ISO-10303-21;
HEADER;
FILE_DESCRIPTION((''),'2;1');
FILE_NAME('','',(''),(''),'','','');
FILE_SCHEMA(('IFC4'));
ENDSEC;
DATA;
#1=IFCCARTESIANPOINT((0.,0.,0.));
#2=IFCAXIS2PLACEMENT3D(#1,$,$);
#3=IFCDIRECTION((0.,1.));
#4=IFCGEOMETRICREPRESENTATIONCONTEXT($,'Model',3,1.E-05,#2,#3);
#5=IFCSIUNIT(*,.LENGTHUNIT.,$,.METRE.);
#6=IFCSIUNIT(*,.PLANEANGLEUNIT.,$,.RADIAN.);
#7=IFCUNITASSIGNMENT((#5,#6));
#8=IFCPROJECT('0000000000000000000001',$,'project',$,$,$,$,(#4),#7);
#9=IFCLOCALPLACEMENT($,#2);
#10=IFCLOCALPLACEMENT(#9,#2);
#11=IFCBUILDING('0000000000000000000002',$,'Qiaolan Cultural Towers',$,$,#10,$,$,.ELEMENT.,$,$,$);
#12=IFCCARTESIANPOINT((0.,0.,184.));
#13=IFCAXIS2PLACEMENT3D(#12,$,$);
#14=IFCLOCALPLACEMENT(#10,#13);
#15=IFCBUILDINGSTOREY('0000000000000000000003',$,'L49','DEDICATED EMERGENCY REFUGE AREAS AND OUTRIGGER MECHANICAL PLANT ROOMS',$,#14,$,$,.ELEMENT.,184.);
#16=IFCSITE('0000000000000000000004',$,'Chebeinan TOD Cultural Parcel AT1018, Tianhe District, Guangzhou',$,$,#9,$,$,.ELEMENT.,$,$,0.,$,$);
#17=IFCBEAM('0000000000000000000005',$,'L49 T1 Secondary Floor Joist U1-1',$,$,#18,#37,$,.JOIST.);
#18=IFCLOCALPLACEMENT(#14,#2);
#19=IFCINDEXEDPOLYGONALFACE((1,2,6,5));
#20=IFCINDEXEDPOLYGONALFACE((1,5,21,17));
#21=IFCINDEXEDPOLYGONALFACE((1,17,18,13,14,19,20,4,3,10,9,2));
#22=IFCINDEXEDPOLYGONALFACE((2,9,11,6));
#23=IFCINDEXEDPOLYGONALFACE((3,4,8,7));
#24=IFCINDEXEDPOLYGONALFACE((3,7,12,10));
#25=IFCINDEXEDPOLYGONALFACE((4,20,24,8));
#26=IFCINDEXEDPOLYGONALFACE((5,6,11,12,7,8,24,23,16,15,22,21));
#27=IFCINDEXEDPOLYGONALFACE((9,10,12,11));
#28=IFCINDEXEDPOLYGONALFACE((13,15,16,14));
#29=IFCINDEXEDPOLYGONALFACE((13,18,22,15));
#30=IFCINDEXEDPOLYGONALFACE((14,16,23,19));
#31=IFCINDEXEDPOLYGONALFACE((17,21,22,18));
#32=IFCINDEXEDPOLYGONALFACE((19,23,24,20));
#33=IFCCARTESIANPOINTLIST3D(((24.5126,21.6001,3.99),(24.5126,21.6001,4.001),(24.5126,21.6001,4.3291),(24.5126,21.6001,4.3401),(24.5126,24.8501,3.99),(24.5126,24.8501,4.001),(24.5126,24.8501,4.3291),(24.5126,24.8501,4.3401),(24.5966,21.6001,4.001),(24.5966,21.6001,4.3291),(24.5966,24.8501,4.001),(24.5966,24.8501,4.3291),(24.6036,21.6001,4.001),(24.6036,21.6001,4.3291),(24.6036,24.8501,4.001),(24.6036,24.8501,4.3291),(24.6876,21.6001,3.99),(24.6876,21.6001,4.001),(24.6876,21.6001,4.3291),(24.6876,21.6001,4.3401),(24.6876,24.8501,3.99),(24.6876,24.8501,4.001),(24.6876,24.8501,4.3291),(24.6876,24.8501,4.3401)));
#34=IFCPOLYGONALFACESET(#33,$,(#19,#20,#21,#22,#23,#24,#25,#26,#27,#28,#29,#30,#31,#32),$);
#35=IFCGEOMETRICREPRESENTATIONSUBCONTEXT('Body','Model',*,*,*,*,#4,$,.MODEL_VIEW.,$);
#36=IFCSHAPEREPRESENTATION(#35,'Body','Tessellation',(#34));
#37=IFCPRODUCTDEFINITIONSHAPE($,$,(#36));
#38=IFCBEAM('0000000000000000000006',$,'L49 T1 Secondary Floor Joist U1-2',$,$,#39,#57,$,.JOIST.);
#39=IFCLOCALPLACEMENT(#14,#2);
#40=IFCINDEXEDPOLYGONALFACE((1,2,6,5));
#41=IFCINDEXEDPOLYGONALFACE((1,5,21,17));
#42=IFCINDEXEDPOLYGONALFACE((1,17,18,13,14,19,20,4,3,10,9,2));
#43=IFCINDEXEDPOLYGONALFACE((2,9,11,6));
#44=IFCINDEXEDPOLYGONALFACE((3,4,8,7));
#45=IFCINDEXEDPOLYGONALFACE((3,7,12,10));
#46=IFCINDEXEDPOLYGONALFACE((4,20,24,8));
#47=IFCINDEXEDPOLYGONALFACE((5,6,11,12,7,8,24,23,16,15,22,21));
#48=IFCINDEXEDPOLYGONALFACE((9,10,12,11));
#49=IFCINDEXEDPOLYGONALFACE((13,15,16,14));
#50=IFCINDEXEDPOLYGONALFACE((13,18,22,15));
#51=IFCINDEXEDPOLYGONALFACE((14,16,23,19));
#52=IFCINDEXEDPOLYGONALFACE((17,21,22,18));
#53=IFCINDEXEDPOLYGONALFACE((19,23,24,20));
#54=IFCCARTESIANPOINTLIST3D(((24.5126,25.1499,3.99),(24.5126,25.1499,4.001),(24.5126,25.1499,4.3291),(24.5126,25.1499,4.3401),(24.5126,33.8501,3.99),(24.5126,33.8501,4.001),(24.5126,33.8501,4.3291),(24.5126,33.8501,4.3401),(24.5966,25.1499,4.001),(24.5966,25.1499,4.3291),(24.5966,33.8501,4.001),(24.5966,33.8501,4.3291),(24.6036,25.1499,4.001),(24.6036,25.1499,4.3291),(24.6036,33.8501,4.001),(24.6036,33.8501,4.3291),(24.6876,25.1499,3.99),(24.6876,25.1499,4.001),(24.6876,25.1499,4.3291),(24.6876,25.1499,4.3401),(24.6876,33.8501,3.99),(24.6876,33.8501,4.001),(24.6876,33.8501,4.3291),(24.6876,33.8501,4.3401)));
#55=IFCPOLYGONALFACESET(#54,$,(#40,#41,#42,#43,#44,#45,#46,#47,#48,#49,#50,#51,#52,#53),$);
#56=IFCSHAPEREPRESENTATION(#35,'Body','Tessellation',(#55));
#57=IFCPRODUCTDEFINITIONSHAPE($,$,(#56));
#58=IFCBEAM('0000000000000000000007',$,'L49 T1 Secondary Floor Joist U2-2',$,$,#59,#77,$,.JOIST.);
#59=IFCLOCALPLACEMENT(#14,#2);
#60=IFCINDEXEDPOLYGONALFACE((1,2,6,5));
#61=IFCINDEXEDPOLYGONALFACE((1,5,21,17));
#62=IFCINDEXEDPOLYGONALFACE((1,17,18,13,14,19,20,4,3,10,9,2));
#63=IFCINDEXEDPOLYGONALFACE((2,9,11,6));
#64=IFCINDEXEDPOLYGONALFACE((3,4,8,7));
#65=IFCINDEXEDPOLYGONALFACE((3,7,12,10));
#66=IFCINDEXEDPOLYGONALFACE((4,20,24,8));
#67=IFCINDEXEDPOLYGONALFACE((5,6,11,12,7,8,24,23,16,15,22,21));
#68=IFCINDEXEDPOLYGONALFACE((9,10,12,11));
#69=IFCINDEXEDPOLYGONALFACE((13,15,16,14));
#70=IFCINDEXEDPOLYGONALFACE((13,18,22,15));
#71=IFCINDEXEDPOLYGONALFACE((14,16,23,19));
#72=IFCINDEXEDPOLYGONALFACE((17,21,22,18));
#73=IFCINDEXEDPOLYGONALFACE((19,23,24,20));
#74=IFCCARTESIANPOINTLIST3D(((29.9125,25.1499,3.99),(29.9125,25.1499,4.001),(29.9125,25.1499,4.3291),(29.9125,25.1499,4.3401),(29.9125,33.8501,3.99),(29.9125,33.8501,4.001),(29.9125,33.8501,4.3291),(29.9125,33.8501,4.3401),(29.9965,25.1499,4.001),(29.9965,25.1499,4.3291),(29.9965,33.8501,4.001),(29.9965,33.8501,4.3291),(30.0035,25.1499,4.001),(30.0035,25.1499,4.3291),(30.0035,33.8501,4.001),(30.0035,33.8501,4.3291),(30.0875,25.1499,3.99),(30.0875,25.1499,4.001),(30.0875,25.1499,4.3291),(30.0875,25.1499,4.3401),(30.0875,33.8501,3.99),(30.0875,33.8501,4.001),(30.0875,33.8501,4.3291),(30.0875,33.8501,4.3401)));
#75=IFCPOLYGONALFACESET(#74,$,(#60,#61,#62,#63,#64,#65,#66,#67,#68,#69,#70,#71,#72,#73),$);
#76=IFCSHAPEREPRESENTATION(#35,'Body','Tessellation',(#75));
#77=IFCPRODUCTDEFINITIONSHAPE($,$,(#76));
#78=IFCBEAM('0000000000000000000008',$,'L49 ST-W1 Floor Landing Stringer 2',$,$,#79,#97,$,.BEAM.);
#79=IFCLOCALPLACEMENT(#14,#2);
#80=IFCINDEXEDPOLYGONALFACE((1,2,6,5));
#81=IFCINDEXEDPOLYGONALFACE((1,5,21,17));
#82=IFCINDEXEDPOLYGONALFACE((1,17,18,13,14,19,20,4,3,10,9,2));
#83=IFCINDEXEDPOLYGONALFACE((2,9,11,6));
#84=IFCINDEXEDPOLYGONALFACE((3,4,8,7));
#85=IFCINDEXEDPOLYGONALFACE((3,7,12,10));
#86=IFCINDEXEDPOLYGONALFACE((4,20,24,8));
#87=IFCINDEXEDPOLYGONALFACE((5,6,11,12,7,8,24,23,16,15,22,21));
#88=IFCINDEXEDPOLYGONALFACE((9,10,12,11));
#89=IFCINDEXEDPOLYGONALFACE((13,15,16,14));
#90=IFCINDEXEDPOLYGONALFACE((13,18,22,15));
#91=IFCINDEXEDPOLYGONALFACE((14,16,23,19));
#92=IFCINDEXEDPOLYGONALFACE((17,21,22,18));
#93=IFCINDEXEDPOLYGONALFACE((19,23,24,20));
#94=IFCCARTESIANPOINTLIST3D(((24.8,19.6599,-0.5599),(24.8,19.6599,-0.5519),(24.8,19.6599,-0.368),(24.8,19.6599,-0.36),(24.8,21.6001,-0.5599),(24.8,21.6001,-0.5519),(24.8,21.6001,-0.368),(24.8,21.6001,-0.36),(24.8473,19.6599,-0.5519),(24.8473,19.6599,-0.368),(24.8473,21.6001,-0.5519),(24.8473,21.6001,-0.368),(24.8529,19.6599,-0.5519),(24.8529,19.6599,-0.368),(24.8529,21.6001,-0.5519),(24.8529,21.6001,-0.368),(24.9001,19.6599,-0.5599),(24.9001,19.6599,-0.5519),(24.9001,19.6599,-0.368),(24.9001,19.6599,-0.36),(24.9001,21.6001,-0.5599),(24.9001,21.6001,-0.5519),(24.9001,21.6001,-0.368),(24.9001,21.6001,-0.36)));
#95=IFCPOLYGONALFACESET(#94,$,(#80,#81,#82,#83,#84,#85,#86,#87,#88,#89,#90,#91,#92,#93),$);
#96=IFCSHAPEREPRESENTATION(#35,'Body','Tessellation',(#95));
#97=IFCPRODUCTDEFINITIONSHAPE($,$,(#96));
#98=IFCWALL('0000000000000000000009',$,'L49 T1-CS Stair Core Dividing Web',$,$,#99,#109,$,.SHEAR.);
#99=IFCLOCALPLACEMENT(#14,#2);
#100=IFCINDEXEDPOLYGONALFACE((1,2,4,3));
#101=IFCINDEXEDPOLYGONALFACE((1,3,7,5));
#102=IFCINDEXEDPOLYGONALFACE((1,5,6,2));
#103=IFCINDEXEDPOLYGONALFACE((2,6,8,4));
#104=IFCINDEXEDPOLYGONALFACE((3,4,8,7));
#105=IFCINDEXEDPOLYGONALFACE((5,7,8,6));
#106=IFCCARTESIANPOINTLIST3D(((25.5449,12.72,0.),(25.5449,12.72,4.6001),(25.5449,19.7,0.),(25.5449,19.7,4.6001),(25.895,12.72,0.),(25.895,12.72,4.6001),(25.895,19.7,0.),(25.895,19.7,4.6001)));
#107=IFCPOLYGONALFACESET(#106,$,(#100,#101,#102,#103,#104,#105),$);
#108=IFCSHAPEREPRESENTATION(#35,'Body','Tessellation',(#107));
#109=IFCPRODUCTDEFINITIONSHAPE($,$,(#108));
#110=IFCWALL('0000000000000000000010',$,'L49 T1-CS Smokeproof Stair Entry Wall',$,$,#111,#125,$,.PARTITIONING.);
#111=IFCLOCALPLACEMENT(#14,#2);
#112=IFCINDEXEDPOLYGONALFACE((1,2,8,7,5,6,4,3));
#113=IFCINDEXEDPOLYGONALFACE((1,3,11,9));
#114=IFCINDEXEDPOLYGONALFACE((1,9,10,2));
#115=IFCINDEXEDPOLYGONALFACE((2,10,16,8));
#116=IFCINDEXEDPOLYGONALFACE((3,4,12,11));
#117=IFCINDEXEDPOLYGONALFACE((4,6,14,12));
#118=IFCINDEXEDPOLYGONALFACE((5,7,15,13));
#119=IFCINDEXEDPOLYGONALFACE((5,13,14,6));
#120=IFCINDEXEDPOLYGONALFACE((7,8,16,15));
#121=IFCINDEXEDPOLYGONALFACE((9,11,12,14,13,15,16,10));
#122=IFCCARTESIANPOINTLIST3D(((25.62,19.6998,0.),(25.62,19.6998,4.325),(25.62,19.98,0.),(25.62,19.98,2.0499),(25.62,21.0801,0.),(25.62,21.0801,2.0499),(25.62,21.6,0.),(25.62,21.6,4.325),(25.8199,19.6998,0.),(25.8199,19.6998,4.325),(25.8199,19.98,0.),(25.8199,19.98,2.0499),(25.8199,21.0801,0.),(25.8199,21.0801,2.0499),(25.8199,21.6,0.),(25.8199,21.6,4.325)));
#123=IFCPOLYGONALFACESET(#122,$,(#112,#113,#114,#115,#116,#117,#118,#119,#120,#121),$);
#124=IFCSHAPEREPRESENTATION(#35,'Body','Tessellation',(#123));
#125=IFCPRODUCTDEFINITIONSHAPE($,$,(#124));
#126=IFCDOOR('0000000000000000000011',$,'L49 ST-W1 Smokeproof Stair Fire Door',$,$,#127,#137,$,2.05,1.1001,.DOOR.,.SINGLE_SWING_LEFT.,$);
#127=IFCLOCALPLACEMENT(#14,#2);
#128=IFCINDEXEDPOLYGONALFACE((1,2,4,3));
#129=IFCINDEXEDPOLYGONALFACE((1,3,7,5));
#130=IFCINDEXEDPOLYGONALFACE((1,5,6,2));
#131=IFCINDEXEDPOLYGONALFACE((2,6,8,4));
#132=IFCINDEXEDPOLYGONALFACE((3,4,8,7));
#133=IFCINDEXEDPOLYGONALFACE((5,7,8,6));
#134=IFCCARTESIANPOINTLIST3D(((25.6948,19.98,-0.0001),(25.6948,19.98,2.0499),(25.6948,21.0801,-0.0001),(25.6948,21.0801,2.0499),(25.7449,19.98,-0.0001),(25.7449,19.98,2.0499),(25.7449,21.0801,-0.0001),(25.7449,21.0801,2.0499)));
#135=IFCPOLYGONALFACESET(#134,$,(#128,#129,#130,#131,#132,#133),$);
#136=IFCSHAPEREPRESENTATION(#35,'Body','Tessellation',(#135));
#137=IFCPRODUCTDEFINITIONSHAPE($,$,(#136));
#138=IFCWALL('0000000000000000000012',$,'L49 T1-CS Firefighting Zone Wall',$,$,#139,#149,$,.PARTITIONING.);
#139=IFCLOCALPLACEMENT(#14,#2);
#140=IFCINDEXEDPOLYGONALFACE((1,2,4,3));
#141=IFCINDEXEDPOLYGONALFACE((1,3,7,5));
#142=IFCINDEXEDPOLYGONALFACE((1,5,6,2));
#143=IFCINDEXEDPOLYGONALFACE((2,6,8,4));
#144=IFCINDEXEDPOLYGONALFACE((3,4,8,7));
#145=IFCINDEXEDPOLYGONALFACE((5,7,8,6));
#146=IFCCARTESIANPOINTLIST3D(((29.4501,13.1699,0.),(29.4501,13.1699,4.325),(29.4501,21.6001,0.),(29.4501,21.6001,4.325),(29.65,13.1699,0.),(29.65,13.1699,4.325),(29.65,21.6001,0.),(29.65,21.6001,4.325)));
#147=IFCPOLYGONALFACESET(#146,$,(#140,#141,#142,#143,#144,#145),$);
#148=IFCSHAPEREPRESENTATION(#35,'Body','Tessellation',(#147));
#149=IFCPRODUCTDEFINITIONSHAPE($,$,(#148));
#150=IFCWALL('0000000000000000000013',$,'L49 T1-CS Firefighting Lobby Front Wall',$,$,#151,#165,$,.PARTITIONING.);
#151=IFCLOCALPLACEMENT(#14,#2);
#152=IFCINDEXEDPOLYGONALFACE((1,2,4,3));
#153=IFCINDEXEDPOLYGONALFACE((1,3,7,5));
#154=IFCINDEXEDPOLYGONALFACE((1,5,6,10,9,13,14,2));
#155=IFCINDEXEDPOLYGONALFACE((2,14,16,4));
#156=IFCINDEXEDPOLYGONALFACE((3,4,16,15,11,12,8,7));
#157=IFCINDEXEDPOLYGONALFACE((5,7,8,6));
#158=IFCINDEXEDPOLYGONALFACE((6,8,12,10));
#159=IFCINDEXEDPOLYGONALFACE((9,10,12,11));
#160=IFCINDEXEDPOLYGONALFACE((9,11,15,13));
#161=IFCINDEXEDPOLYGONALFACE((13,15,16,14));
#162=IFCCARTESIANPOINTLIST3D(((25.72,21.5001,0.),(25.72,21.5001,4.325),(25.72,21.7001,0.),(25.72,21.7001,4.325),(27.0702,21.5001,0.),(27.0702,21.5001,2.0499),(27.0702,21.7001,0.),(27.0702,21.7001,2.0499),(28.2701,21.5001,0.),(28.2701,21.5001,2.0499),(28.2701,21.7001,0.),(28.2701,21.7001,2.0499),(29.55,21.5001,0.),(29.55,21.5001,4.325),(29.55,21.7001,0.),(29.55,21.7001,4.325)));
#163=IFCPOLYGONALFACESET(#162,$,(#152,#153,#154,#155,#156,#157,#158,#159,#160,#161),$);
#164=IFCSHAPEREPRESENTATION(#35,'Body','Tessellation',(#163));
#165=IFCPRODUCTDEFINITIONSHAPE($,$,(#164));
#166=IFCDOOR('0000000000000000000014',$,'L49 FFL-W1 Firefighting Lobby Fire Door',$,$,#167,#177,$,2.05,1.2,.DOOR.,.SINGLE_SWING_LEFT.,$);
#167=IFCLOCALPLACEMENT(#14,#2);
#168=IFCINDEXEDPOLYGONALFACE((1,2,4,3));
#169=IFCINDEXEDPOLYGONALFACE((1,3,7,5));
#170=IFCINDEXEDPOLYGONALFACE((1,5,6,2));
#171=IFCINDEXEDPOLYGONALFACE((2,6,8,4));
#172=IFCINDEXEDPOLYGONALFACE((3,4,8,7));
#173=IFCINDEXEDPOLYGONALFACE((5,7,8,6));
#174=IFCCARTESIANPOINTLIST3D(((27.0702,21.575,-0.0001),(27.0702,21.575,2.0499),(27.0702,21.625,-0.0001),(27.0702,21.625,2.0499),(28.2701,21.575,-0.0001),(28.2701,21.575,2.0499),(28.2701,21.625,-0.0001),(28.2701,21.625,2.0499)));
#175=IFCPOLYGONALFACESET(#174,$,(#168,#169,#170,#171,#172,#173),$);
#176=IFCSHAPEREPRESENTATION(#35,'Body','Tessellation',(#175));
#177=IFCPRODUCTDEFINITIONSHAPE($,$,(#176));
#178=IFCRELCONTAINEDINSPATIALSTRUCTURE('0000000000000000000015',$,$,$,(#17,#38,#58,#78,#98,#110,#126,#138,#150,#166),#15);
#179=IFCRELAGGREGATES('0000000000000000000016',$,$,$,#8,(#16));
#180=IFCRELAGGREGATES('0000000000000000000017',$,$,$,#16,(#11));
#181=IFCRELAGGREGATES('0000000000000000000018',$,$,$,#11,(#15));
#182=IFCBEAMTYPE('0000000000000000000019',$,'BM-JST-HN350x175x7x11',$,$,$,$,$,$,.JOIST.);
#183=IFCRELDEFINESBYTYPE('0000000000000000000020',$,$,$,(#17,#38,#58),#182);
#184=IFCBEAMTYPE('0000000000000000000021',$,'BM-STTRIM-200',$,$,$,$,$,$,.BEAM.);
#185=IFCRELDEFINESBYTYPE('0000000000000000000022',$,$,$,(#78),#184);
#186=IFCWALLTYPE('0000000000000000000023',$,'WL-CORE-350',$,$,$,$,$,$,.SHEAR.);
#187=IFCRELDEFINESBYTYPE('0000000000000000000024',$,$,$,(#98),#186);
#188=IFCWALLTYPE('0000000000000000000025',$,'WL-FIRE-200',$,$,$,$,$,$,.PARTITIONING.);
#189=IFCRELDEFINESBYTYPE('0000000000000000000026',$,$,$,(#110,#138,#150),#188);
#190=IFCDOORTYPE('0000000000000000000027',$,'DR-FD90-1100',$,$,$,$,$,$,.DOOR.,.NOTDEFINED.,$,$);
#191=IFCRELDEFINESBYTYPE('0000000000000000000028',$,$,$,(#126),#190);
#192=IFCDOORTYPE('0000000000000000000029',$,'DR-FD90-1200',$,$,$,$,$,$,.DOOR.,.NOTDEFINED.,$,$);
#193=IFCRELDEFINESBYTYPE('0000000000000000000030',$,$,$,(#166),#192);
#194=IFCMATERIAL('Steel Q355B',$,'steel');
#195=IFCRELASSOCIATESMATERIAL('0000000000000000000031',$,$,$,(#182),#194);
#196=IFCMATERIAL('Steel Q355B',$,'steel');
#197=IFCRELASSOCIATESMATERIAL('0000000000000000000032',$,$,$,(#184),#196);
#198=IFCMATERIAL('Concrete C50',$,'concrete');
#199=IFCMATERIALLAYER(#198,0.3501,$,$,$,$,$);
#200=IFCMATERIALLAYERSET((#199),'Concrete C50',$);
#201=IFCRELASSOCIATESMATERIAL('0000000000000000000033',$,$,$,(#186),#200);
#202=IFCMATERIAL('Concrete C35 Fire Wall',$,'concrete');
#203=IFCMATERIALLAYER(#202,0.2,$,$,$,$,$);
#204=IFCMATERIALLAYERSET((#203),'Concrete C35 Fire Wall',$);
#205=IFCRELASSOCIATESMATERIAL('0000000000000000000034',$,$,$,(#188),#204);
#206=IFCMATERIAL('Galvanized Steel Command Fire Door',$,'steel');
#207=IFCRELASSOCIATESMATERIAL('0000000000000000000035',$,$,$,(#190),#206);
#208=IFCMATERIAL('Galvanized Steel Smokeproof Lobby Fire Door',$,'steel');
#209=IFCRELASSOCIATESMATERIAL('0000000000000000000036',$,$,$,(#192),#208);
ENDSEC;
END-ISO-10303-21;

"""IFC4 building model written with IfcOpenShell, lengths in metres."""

from ifc_helpers import new_model, si_unit, direction, frame, frame_2d, origin, origin_2d, place, context, subcontext, project, spatial, rectangle, i_section, extrude, material, layer, layer_set, material_profile, profile_set, type_object, element, fill, save


model = new_model("IFC4")

# Units and contexts
model_context = context("Model", 3, precision=1e-05, world=origin(), true_north=direction((0.0, 1.0)))
body_context = subcontext(model_context, "Body", "Model", "MODEL_VIEW")
ifc_project = project(units=[si_unit("LENGTHUNIT", "METRE"), si_unit("PLANEANGLEUNIT", "RADIAN")], contexts=[model_context])

# Site, building, storey
site_placement = place(None, origin())
site = spatial("IfcSite", under=ifc_project, at=site_placement, Name="Chebeinan TOD Cultural Parcel AT1018, Tianhe District, Guangzhou", CompositionType="ELEMENT", RefElevation=0.0)
building_placement = place(site_placement, origin())
building = spatial("IfcBuilding", under=site, at=building_placement, Name="Qiaolan Cultural Towers", CompositionType="ELEMENT")
storey_placement = place(building_placement, frame((0.0, 0.0, 184.0)))
storey = spatial("IfcBuildingStorey", under=building, at=storey_placement, Name="L49", Description="DEDICATED EMERGENCY REFUGE AREAS AND OUTRIGGER MECHANICAL PLANT ROOMS", CompositionType="ELEMENT", Elevation=184.0)

# Beams
ifc_material_1 = material(Name="Steel Q355B", Category="steel")
ifc_material_profile_1 = material_profile(ifc_material_1, i_section(OverallWidth=0.175, OverallDepth=0.3501, WebThickness=0.0071, FlangeThickness=0.011, at=origin_2d()), Name="HN350x175x7x11")
ifc_profile_set_1 = profile_set([ifc_material_profile_1], Name="Steel Q355B")
beam_type_1 = type_object("IfcBeamType", Name="BM-JST-HN350x175x7x11", PredefinedType="JOIST", material=ifc_profile_set_1)
beam_1_placement = place(storey_placement, frame((24.6001, 21.6001, 4.165), z_axis=(0.0, 1.0, 0.0), x_axis=(-1.0, 0.0, 0.0)))
element("IfcBeam", 1, at=beam_1_placement, inside=storey, type_object=beam_type_1, Name="L49 T1 Secondary Floor Joist U1-1", PredefinedType="JOIST", context=body_context, shape_type="SweptSolid", body=[
    extrude(i_section(OverallWidth=0.175, OverallDepth=0.3501, WebThickness=0.0071, FlangeThickness=0.011, at=origin_2d()), origin(), (0.0, 0.0, 1.0), 3.25),
])
for number, where, z_axis, x_axis, name in (
    (2, (24.6001, 25.1499, 4.165), (0.0, 1.0, 0.0), (-1.0, 0.0, 0.0), "L49 T1 Secondary Floor Joist U1-2"),
    (3, (30.0, 25.1499, 4.165), (0.0, 1.0, 0.0), (-1.0, 0.0, 0.0), "L49 T1 Secondary Floor Joist U2-2"),
):
    element("IfcBeam", number, at=place(storey_placement, frame(where, z_axis=z_axis, x_axis=x_axis)), inside=storey, type_object=beam_type_1, Name=name, PredefinedType="JOIST", context=body_context, shape_type="SweptSolid", body=[
        extrude(i_section(OverallWidth=0.175, OverallDepth=0.3501, WebThickness=0.0071, FlangeThickness=0.011, at=origin_2d()), origin(), (0.0, 0.0, 1.0), 8.7002),
    ])
ifc_material_2 = material(Name="Steel Q355B", Category="steel")
ifc_material_profile_2 = material_profile(ifc_material_2, i_section(OverallWidth=0.1001, OverallDepth=0.2, WebThickness=0.0056, FlangeThickness=0.0081, at=origin_2d()), Name="HN200x100x5.5x8")
ifc_profile_set_2 = profile_set([ifc_material_profile_2], Name="Steel Q355B")
beam_type_2 = type_object("IfcBeamType", Name="BM-STTRIM-200", PredefinedType="BEAM", material=ifc_profile_set_2)
beam_2_placement = place(storey_placement, frame((24.8501, 21.6001, -0.46), z_axis=(0.0, -1.0, 0.0), x_axis=(1.0, 0.0, 0.0)))
element("IfcBeam", 4, at=beam_2_placement, inside=storey, type_object=beam_type_2, Name="L49 ST-W1 Floor Landing Stringer 2", PredefinedType="BEAM", context=body_context, shape_type="SweptSolid", body=[
    extrude(i_section(OverallWidth=0.1001, OverallDepth=0.2, WebThickness=0.0056, FlangeThickness=0.0081, at=origin_2d()), origin(), (0.0, 0.0, 1.0), 1.9402),
])

# Wall
ifc_material_3 = material(Name="Concrete C50", Category="concrete")
ifc_layer_1 = layer(ifc_material_3, 0.3501)
ifc_layer_set_1 = layer_set([ifc_layer_1], Name="Concrete C50")
wall_type_1 = type_object("IfcWallType", Name="WL-CORE-350", PredefinedType="SHEAR", material=ifc_layer_set_1)
wall_1_placement = place(storey_placement, frame((25.72, 19.7, 0.0), z_axis=(0.0, 0.0, 1.0), x_axis=(0.0, -1.0, 0.0)))
element("IfcWall", 5, at=wall_1_placement, inside=storey, type_object=wall_type_1, Name="L49 T1-CS Stair Core Dividing Web", PredefinedType="SHEAR", context=body_context, shape_type="SweptSolid", body=[
    extrude(rectangle(XDim=6.98, YDim=0.3501, at=frame_2d((3.49, 0.0))), origin(), (0.0, 0.0, 1.0), 4.6001),
])

# Wall, opening, door
ifc_material_4 = material(Name="Concrete C35 Fire Wall", Category="concrete")
ifc_layer_2 = layer(ifc_material_4, 0.2)
ifc_layer_set_2 = layer_set([ifc_layer_2], Name="Concrete C35 Fire Wall")
wall_type_2 = type_object("IfcWallType", Name="WL-FIRE-200", PredefinedType="PARTITIONING", material=ifc_layer_set_2)
wall_2_placement = place(storey_placement, frame((25.72, 21.6001, 0.0), z_axis=(0.0, 0.0, 1.0), x_axis=(0.0, -1.0, 0.0)))
wall_2 = element("IfcWall", 6, at=wall_2_placement, inside=storey, type_object=wall_type_2, Name="L49 T1-CS Smokeproof Stair Entry Wall", PredefinedType="PARTITIONING", context=body_context, shape_type="SweptSolid", body=[
    extrude(rectangle(XDim=1.9001, YDim=0.2, at=frame_2d((0.9502, 0.0))), origin(), (0.0, 0.0, 1.0), 4.325),
])
opening_1_placement = place(wall_2_placement, frame((0.52, 0.0, 0.0)))
opening_1 = element("IfcOpeningElement", 7, at=opening_1_placement, cuts=wall_2, PredefinedType="OPENING", context=body_context, shape_type="SweptSolid", body=[
    extrude(rectangle(XDim=1.1001, YDim=2.05, at=frame_2d((0.55, 1.0249))), frame((0.0, 0.1099, 0.0), z_axis=(0.0, -1.0, 0.0), x_axis=(1.0, 0.0, 0.0)), (0.0, 0.0, 1.0), 0.22),
])
ifc_material_5 = material(Name="Galvanized Steel Command Fire Door", Category="steel")
door_type_1 = type_object("IfcDoorType", Name="DR-FD90-1100", OperationType="NOTDEFINED", PredefinedType="DOOR", material=ifc_material_5)
door_1_placement = place(opening_1_placement, origin())
door_1 = element("IfcDoor", 8, at=door_1_placement, inside=storey, type_object=door_type_1, Name="L49 ST-W1 Smokeproof Stair Fire Door", OperationType="SINGLE_SWING_LEFT", OverallHeight=2.05, OverallWidth=1.1001, PredefinedType="DOOR", context=body_context, shape_type="SweptSolid", body=[
    extrude(rectangle(XDim=1.1001, YDim=2.05, at=frame_2d((0.55, 1.0249))), frame((0.0, 0.0249, 0.0), z_axis=(0.0, -1.0, 0.0), x_axis=(1.0, 0.0, 0.0)), (0.0, 0.0, 1.0), 0.05),
])
fill(opening_1, door_1)

# Wall
wall_3_placement = place(storey_placement, frame((29.55, 21.6001, 0.0), z_axis=(0.0, 0.0, 1.0), x_axis=(0.0, -1.0, 0.0)))
element("IfcWall", 9, at=wall_3_placement, inside=storey, type_object=wall_type_2, Name="L49 T1-CS Firefighting Zone Wall", PredefinedType="PARTITIONING", context=body_context, shape_type="SweptSolid", body=[
    extrude(rectangle(XDim=8.4302, YDim=0.2, at=frame_2d((4.2151, 0.0))), origin(), (0.0, 0.0, 1.0), 4.325),
])

# Wall, opening, door
wall_4_placement = place(storey_placement, frame((25.72, 21.6001, 0.0), z_axis=(0.0, 0.0, 1.0), x_axis=(1.0, 0.0, 0.0)))
wall_4 = element("IfcWall", 10, at=wall_4_placement, inside=storey, type_object=wall_type_2, Name="L49 T1-CS Firefighting Lobby Front Wall", PredefinedType="PARTITIONING", context=body_context, shape_type="SweptSolid", body=[
    extrude(rectangle(XDim=3.8301, YDim=0.2, at=frame_2d((1.915, 0.0))), origin(), (0.0, 0.0, 1.0), 4.325),
])
opening_2_placement = place(wall_4_placement, frame((1.3501, 0.0, 0.0)))
opening_2 = element("IfcOpeningElement", 11, at=opening_2_placement, cuts=wall_4, PredefinedType="OPENING", context=body_context, shape_type="SweptSolid", body=[
    extrude(rectangle(XDim=1.2, YDim=2.05, at=frame_2d((0.6001, 1.0249))), frame((0.0, 0.1099, 0.0), z_axis=(0.0, -1.0, 0.0), x_axis=(1.0, 0.0, 0.0)), (0.0, 0.0, 1.0), 0.22),
])
ifc_material_6 = material(Name="Galvanized Steel Smokeproof Lobby Fire Door", Category="steel")
door_type_2 = type_object("IfcDoorType", Name="DR-FD90-1200", OperationType="NOTDEFINED", PredefinedType="DOOR", material=ifc_material_6)
door_2_placement = place(opening_2_placement, origin())
door_2 = element("IfcDoor", 12, at=door_2_placement, inside=storey, type_object=door_type_2, Name="L49 FFL-W1 Firefighting Lobby Fire Door", OperationType="SINGLE_SWING_LEFT", OverallHeight=2.05, OverallWidth=1.2, PredefinedType="DOOR", context=body_context, shape_type="SweptSolid", body=[
    extrude(rectangle(XDim=1.2, YDim=2.05, at=frame_2d((0.6001, 1.0249))), frame((0.0, 0.0249, 0.0), z_axis=(0.0, -1.0, 0.0), x_axis=(1.0, 0.0, 0.0)), (0.0, 0.0, 1.0), 0.05),
])
fill(opening_2, door_2)

save(model, "model.ifc")
